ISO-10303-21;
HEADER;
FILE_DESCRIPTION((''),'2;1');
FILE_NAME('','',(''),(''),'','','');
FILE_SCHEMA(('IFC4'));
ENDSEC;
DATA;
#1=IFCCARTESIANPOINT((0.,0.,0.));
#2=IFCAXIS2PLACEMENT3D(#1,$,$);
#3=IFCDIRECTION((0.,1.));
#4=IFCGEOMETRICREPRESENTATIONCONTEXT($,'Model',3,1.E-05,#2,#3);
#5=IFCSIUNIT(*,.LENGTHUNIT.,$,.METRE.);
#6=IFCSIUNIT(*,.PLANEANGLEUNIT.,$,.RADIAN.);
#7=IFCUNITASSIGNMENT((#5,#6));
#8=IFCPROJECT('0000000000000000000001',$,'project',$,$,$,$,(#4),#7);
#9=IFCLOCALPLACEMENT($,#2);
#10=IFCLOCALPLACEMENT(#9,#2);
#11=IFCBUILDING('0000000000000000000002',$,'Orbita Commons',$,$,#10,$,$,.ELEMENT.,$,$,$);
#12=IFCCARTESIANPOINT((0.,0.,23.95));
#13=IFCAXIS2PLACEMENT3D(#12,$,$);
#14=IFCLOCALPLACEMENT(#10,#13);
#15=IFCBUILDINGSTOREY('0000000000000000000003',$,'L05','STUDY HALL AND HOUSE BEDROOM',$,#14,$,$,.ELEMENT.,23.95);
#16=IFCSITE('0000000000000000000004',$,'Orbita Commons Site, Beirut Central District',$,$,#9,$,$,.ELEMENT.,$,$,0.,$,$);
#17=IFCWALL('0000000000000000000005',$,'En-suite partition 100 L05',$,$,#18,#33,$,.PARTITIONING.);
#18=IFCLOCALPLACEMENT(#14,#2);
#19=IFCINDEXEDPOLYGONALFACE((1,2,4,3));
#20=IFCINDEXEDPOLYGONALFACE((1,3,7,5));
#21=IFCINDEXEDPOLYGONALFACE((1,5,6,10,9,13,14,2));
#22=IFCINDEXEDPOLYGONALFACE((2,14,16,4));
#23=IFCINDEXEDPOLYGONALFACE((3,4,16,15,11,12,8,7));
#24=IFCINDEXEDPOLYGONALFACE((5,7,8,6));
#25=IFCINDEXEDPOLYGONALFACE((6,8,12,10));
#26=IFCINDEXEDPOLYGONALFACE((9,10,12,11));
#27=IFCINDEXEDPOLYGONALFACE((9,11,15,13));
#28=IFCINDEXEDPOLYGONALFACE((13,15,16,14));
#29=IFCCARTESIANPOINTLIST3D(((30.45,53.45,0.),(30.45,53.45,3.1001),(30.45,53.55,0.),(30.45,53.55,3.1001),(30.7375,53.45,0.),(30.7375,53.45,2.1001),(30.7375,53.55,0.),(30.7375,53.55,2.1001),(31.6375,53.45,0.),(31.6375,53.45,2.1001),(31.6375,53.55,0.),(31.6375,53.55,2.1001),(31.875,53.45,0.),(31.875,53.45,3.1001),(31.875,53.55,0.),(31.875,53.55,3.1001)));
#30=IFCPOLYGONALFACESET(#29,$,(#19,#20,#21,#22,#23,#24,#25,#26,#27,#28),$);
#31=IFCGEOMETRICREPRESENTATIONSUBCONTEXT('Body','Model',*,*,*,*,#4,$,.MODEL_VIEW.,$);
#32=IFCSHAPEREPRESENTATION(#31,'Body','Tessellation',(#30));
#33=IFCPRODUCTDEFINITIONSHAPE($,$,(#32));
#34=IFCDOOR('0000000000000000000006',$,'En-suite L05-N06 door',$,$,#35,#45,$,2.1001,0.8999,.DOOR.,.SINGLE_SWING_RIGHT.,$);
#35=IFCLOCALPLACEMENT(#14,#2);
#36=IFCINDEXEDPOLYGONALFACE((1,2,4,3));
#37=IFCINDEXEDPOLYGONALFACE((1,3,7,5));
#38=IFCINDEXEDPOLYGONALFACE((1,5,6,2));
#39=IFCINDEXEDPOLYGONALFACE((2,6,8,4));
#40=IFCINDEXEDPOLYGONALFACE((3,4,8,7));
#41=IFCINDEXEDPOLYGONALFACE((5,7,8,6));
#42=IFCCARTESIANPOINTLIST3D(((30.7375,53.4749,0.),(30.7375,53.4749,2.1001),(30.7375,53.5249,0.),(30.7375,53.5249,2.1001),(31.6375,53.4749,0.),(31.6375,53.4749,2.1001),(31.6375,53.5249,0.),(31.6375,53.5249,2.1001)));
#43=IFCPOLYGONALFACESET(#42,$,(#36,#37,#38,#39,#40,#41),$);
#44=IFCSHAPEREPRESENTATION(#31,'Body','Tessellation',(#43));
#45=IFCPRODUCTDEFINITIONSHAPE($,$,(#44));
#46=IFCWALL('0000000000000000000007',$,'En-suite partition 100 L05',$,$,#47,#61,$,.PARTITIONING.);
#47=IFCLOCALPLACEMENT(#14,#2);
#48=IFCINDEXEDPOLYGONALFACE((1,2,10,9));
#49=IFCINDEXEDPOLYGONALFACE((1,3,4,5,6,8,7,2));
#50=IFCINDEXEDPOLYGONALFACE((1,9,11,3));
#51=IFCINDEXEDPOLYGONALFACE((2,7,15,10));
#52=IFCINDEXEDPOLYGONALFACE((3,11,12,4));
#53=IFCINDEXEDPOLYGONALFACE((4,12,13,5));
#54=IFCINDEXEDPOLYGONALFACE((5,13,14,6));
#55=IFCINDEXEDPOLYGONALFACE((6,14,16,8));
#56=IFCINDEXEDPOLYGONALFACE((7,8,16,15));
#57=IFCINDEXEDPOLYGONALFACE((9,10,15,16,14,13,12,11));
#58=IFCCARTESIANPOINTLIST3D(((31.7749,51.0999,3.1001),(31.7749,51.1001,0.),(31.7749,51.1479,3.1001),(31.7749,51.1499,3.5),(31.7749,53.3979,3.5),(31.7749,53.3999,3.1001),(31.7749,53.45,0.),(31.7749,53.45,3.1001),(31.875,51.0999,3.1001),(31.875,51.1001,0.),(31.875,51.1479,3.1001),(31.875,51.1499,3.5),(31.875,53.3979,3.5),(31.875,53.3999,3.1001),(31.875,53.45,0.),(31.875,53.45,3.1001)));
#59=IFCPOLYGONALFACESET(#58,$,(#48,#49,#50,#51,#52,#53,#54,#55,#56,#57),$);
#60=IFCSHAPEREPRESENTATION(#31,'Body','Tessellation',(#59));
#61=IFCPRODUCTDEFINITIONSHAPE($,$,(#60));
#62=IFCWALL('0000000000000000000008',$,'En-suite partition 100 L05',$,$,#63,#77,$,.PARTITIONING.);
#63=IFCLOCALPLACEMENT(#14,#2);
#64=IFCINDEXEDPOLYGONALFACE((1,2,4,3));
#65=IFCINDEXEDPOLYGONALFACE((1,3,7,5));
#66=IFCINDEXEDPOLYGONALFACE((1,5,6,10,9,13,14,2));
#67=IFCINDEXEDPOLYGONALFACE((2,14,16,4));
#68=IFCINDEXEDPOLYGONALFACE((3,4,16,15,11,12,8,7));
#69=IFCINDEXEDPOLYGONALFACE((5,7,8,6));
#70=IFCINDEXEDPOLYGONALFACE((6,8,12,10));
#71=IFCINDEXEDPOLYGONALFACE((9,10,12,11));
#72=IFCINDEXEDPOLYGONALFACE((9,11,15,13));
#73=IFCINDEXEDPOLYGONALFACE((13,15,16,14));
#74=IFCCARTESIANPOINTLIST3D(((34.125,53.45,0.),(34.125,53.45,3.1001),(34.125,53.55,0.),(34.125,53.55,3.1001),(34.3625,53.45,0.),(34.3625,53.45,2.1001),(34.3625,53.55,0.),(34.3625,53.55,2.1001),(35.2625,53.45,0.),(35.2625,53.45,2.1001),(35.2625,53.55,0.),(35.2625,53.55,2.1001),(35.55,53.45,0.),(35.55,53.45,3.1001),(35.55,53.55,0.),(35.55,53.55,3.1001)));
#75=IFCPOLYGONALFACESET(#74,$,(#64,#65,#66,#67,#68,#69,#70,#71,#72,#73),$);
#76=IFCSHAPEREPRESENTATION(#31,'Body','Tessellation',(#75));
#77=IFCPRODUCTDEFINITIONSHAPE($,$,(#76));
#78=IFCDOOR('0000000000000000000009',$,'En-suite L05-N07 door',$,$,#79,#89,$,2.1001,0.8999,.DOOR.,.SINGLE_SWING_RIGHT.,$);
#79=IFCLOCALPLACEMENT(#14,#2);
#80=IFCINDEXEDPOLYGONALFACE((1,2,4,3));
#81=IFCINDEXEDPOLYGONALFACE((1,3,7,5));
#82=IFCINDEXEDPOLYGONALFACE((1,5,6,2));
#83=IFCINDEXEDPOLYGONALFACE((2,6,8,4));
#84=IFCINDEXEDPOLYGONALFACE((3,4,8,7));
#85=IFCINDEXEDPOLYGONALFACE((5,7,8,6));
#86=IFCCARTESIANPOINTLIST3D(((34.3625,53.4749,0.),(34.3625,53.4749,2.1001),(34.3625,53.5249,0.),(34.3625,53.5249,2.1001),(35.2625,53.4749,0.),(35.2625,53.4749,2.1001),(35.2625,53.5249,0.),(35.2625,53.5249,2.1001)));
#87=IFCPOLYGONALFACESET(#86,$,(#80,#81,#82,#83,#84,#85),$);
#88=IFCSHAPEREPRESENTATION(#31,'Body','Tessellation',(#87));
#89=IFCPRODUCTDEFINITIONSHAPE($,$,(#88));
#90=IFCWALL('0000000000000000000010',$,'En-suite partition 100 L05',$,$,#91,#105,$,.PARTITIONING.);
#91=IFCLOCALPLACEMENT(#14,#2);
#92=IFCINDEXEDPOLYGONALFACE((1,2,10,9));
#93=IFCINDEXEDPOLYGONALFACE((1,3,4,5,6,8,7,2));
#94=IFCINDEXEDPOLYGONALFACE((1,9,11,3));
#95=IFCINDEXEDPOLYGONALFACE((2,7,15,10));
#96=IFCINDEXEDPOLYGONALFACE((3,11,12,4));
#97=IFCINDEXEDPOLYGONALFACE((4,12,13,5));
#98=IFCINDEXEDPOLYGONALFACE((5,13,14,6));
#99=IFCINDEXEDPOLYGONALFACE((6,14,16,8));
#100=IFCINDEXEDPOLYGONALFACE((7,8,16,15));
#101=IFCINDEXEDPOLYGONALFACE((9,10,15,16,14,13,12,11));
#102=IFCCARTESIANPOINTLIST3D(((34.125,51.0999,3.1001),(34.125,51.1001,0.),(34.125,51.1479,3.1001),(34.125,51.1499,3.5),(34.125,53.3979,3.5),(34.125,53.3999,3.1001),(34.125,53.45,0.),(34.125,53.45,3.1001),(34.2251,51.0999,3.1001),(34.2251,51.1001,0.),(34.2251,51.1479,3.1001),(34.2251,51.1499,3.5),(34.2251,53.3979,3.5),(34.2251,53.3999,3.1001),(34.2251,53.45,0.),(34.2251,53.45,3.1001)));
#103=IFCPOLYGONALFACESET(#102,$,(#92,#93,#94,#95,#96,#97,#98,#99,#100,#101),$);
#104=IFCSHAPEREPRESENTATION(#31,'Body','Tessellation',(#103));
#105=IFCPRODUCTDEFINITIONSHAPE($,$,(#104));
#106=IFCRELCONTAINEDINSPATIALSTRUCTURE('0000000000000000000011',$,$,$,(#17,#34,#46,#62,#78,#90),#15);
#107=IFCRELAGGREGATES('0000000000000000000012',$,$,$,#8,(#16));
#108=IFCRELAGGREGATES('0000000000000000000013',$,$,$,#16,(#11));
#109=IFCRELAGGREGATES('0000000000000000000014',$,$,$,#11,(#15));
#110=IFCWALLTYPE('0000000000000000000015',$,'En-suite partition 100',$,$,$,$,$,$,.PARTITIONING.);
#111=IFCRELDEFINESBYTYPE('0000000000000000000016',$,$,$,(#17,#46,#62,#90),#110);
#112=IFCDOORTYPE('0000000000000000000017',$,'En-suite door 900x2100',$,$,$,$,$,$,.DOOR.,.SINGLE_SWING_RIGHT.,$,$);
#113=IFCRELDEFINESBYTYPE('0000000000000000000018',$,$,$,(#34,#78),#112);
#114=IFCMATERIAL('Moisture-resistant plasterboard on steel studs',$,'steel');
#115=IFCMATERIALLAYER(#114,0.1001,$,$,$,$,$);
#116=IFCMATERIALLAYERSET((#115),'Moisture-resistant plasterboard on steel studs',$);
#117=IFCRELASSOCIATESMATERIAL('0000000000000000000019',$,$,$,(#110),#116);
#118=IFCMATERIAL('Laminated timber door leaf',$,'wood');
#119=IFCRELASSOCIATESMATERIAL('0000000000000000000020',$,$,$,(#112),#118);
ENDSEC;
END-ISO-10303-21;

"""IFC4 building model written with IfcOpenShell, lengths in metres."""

from ifc_helpers import new_model, si_unit, direction, frame, frame_2d, origin, place, context, subcontext, project, spatial, polyline, rectangle, outline, extrude, material, layer, layer_set, type_object, element, fill, save


model = new_model("IFC4")

# Units and contexts
model_context = context("Model", 3, precision=1e-05, world=origin(), true_north=direction((0.0, 1.0)))
body_context = subcontext(model_context, "Body", "Model", "MODEL_VIEW")
ifc_project = project(units=[si_unit("LENGTHUNIT", "METRE"), si_unit("PLANEANGLEUNIT", "RADIAN")], contexts=[model_context])

# Site, building, storey
site_placement = place(None, origin())
site = spatial("IfcSite", under=ifc_project, at=site_placement, Name="Orbita Commons Site, Beirut Central District", CompositionType="ELEMENT", RefElevation=0.0)
building_placement = place(site_placement, origin())
building = spatial("IfcBuilding", under=site, at=building_placement, Name="Orbita Commons", CompositionType="ELEMENT")
storey_placement = place(building_placement, frame((0.0, 0.0, 23.95)))
storey = spatial("IfcBuildingStorey", under=building, at=storey_placement, Name="L05", Description="STUDY HALL AND HOUSE BEDROOM", CompositionType="ELEMENT", Elevation=23.95)

# Wall, opening, door
ifc_material_1 = material(Name="Moisture-resistant plasterboard on steel studs", Category="steel")
ifc_layer_1 = layer(ifc_material_1, 0.1001)
ifc_layer_set_1 = layer_set([ifc_layer_1], Name="Moisture-resistant plasterboard on steel studs")
wall_type_1 = type_object("IfcWallType", Name="En-suite partition 100", PredefinedType="PARTITIONING", material=ifc_layer_set_1)
wall_1_placement = place(storey_placement, frame((30.45, 53.5, 0.0), z_axis=(0.0, 0.0, 1.0), x_axis=(1.0, 0.0, 0.0)))
wall_1 = element("IfcWall", 1, at=wall_1_placement, inside=storey, type_object=wall_type_1, Name="En-suite partition 100 L05", PredefinedType="PARTITIONING", context=body_context, shape_type="SweptSolid", body=[
    extrude(outline(polyline([(0.0, 0.0), (1.425, 0.0), (1.425, 3.1001), (0.0, 3.1001), (0.0, 0.0)])), frame((0.0, 0.05, 0.0), z_axis=(0.0, -1.0, 0.0), x_axis=(1.0, 0.0, 0.0)), (0.0, 0.0, 1.0), 0.1001),
])
opening_1_placement = place(wall_1_placement, frame((0.2876, 0.0, 0.0)))
opening_1 = element("IfcOpeningElement", 2, at=opening_1_placement, cuts=wall_1, PredefinedType="OPENING", context=body_context, shape_type="SweptSolid", body=[
    extrude(rectangle(XDim=0.8999, YDim=2.1001, at=frame_2d((0.45, 1.05))), frame((0.0, 0.0601, 0.0), z_axis=(0.0, -1.0, 0.0), x_axis=(1.0, 0.0, 0.0)), (0.0, 0.0, 1.0), 0.1201),
])
ifc_material_2 = material(Name="Laminated timber door leaf", Category="wood")
door_type_1 = type_object("IfcDoorType", Name="En-suite door 900x2100", OperationType="SINGLE_SWING_RIGHT", PredefinedType="DOOR", material=ifc_material_2)
door_1_placement = place(opening_1_placement, origin())
door_1 = element("IfcDoor", 3, at=door_1_placement, inside=storey, type_object=door_type_1, Name="En-suite L05-N06 door", OperationType="SINGLE_SWING_RIGHT", OverallHeight=2.1001, OverallWidth=0.8999, PredefinedType="DOOR", context=body_context, shape_type="SweptSolid", body=[
    extrude(rectangle(XDim=0.8999, YDim=2.1001, at=frame_2d((0.45, 1.05))), frame((0.0, 0.0249, 0.0), z_axis=(0.0, -1.0, 0.0), x_axis=(1.0, 0.0, 0.0)), (0.0, 0.0, 1.0), 0.05),
])
fill(opening_1, door_1)

# Wall
wall_2_placement = place(storey_placement, frame((31.825, 53.45, 0.0), z_axis=(0.0, 0.0, 1.0), x_axis=(0.0, -1.0, 0.0)))
element("IfcWall", 4, at=wall_2_placement, inside=storey, type_object=wall_type_1, Name="En-suite partition 100 L05", PredefinedType="PARTITIONING", context=body_context, shape_type="SweptSolid", body=[
    extrude(outline(polyline([(0.0, 0.0), (2.3499, 0.0), (2.3501, 3.1001), (2.302, 3.1001), (2.3, 3.5), (0.052, 3.5), (0.05, 3.1001), (0.0, 3.1001), (0.0, 0.0)])), frame((0.0, 0.05, 0.0), z_axis=(0.0, -1.0, 0.0), x_axis=(1.0, 0.0, 0.0)), (0.0, 0.0, 1.0), 0.1001),
])

# Wall, opening, door
wall_3_placement = place(storey_placement, frame((34.125, 53.5, 0.0), z_axis=(0.0, 0.0, 1.0), x_axis=(1.0, 0.0, 0.0)))
wall_3 = element("IfcWall", 5, at=wall_3_placement, inside=storey, type_object=wall_type_1, Name="En-suite partition 100 L05", PredefinedType="PARTITIONING", context=body_context, shape_type="SweptSolid", body=[
    extrude(outline(polyline([(0.0, 0.0), (1.425, 0.0), (1.425, 3.1001), (0.0, 3.1001), (0.0, 0.0)])), frame((0.0, 0.05, 0.0), z_axis=(0.0, -1.0, 0.0), x_axis=(1.0, 0.0, 0.0)), (0.0, 0.0, 1.0), 0.1001),
])
opening_2_placement = place(wall_3_placement, frame((0.2375, 0.0, 0.0)))
opening_2 = element("IfcOpeningElement", 6, at=opening_2_placement, cuts=wall_3, PredefinedType="OPENING", context=body_context, shape_type="SweptSolid", body=[
    extrude(rectangle(XDim=0.8999, YDim=2.1001, at=frame_2d((0.45, 1.05))), frame((0.0, 0.0601, 0.0), z_axis=(0.0, -1.0, 0.0), x_axis=(1.0, 0.0, 0.0)), (0.0, 0.0, 1.0), 0.1201),
])
door_2_placement = place(opening_2_placement, origin())
door_2 = element("IfcDoor", 7, at=door_2_placement, inside=storey, type_object=door_type_1, Name="En-suite L05-N07 door", OperationType="SINGLE_SWING_RIGHT", OverallHeight=2.1001, OverallWidth=0.8999, PredefinedType="DOOR", context=body_context, shape_type="SweptSolid", body=[
    extrude(rectangle(XDim=0.8999, YDim=2.1001, at=frame_2d((0.45, 1.05))), frame((0.0, 0.0249, 0.0), z_axis=(0.0, -1.0, 0.0), x_axis=(1.0, 0.0, 0.0)), (0.0, 0.0, 1.0), 0.05),
])
fill(opening_2, door_2)

# Wall
wall_4_placement = place(storey_placement, frame((34.175, 53.45, 0.0), z_axis=(0.0, 0.0, 1.0), x_axis=(0.0, -1.0, 0.0)))
element("IfcWall", 8, at=wall_4_placement, inside=storey, type_object=wall_type_1, Name="En-suite partition 100 L05", PredefinedType="PARTITIONING", context=body_context, shape_type="SweptSolid", body=[
    extrude(outline(polyline([(0.0, 0.0), (2.3499, 0.0), (2.3501, 3.1001), (2.302, 3.1001), (2.3, 3.5), (0.052, 3.5), (0.05, 3.1001), (0.0, 3.1001), (0.0, 0.0)])), frame((0.0, 0.05, 0.0), z_axis=(0.0, -1.0, 0.0), x_axis=(1.0, 0.0, 0.0)), (0.0, 0.0, 1.0), 0.1001),
])

save(model, "model.ifc")
